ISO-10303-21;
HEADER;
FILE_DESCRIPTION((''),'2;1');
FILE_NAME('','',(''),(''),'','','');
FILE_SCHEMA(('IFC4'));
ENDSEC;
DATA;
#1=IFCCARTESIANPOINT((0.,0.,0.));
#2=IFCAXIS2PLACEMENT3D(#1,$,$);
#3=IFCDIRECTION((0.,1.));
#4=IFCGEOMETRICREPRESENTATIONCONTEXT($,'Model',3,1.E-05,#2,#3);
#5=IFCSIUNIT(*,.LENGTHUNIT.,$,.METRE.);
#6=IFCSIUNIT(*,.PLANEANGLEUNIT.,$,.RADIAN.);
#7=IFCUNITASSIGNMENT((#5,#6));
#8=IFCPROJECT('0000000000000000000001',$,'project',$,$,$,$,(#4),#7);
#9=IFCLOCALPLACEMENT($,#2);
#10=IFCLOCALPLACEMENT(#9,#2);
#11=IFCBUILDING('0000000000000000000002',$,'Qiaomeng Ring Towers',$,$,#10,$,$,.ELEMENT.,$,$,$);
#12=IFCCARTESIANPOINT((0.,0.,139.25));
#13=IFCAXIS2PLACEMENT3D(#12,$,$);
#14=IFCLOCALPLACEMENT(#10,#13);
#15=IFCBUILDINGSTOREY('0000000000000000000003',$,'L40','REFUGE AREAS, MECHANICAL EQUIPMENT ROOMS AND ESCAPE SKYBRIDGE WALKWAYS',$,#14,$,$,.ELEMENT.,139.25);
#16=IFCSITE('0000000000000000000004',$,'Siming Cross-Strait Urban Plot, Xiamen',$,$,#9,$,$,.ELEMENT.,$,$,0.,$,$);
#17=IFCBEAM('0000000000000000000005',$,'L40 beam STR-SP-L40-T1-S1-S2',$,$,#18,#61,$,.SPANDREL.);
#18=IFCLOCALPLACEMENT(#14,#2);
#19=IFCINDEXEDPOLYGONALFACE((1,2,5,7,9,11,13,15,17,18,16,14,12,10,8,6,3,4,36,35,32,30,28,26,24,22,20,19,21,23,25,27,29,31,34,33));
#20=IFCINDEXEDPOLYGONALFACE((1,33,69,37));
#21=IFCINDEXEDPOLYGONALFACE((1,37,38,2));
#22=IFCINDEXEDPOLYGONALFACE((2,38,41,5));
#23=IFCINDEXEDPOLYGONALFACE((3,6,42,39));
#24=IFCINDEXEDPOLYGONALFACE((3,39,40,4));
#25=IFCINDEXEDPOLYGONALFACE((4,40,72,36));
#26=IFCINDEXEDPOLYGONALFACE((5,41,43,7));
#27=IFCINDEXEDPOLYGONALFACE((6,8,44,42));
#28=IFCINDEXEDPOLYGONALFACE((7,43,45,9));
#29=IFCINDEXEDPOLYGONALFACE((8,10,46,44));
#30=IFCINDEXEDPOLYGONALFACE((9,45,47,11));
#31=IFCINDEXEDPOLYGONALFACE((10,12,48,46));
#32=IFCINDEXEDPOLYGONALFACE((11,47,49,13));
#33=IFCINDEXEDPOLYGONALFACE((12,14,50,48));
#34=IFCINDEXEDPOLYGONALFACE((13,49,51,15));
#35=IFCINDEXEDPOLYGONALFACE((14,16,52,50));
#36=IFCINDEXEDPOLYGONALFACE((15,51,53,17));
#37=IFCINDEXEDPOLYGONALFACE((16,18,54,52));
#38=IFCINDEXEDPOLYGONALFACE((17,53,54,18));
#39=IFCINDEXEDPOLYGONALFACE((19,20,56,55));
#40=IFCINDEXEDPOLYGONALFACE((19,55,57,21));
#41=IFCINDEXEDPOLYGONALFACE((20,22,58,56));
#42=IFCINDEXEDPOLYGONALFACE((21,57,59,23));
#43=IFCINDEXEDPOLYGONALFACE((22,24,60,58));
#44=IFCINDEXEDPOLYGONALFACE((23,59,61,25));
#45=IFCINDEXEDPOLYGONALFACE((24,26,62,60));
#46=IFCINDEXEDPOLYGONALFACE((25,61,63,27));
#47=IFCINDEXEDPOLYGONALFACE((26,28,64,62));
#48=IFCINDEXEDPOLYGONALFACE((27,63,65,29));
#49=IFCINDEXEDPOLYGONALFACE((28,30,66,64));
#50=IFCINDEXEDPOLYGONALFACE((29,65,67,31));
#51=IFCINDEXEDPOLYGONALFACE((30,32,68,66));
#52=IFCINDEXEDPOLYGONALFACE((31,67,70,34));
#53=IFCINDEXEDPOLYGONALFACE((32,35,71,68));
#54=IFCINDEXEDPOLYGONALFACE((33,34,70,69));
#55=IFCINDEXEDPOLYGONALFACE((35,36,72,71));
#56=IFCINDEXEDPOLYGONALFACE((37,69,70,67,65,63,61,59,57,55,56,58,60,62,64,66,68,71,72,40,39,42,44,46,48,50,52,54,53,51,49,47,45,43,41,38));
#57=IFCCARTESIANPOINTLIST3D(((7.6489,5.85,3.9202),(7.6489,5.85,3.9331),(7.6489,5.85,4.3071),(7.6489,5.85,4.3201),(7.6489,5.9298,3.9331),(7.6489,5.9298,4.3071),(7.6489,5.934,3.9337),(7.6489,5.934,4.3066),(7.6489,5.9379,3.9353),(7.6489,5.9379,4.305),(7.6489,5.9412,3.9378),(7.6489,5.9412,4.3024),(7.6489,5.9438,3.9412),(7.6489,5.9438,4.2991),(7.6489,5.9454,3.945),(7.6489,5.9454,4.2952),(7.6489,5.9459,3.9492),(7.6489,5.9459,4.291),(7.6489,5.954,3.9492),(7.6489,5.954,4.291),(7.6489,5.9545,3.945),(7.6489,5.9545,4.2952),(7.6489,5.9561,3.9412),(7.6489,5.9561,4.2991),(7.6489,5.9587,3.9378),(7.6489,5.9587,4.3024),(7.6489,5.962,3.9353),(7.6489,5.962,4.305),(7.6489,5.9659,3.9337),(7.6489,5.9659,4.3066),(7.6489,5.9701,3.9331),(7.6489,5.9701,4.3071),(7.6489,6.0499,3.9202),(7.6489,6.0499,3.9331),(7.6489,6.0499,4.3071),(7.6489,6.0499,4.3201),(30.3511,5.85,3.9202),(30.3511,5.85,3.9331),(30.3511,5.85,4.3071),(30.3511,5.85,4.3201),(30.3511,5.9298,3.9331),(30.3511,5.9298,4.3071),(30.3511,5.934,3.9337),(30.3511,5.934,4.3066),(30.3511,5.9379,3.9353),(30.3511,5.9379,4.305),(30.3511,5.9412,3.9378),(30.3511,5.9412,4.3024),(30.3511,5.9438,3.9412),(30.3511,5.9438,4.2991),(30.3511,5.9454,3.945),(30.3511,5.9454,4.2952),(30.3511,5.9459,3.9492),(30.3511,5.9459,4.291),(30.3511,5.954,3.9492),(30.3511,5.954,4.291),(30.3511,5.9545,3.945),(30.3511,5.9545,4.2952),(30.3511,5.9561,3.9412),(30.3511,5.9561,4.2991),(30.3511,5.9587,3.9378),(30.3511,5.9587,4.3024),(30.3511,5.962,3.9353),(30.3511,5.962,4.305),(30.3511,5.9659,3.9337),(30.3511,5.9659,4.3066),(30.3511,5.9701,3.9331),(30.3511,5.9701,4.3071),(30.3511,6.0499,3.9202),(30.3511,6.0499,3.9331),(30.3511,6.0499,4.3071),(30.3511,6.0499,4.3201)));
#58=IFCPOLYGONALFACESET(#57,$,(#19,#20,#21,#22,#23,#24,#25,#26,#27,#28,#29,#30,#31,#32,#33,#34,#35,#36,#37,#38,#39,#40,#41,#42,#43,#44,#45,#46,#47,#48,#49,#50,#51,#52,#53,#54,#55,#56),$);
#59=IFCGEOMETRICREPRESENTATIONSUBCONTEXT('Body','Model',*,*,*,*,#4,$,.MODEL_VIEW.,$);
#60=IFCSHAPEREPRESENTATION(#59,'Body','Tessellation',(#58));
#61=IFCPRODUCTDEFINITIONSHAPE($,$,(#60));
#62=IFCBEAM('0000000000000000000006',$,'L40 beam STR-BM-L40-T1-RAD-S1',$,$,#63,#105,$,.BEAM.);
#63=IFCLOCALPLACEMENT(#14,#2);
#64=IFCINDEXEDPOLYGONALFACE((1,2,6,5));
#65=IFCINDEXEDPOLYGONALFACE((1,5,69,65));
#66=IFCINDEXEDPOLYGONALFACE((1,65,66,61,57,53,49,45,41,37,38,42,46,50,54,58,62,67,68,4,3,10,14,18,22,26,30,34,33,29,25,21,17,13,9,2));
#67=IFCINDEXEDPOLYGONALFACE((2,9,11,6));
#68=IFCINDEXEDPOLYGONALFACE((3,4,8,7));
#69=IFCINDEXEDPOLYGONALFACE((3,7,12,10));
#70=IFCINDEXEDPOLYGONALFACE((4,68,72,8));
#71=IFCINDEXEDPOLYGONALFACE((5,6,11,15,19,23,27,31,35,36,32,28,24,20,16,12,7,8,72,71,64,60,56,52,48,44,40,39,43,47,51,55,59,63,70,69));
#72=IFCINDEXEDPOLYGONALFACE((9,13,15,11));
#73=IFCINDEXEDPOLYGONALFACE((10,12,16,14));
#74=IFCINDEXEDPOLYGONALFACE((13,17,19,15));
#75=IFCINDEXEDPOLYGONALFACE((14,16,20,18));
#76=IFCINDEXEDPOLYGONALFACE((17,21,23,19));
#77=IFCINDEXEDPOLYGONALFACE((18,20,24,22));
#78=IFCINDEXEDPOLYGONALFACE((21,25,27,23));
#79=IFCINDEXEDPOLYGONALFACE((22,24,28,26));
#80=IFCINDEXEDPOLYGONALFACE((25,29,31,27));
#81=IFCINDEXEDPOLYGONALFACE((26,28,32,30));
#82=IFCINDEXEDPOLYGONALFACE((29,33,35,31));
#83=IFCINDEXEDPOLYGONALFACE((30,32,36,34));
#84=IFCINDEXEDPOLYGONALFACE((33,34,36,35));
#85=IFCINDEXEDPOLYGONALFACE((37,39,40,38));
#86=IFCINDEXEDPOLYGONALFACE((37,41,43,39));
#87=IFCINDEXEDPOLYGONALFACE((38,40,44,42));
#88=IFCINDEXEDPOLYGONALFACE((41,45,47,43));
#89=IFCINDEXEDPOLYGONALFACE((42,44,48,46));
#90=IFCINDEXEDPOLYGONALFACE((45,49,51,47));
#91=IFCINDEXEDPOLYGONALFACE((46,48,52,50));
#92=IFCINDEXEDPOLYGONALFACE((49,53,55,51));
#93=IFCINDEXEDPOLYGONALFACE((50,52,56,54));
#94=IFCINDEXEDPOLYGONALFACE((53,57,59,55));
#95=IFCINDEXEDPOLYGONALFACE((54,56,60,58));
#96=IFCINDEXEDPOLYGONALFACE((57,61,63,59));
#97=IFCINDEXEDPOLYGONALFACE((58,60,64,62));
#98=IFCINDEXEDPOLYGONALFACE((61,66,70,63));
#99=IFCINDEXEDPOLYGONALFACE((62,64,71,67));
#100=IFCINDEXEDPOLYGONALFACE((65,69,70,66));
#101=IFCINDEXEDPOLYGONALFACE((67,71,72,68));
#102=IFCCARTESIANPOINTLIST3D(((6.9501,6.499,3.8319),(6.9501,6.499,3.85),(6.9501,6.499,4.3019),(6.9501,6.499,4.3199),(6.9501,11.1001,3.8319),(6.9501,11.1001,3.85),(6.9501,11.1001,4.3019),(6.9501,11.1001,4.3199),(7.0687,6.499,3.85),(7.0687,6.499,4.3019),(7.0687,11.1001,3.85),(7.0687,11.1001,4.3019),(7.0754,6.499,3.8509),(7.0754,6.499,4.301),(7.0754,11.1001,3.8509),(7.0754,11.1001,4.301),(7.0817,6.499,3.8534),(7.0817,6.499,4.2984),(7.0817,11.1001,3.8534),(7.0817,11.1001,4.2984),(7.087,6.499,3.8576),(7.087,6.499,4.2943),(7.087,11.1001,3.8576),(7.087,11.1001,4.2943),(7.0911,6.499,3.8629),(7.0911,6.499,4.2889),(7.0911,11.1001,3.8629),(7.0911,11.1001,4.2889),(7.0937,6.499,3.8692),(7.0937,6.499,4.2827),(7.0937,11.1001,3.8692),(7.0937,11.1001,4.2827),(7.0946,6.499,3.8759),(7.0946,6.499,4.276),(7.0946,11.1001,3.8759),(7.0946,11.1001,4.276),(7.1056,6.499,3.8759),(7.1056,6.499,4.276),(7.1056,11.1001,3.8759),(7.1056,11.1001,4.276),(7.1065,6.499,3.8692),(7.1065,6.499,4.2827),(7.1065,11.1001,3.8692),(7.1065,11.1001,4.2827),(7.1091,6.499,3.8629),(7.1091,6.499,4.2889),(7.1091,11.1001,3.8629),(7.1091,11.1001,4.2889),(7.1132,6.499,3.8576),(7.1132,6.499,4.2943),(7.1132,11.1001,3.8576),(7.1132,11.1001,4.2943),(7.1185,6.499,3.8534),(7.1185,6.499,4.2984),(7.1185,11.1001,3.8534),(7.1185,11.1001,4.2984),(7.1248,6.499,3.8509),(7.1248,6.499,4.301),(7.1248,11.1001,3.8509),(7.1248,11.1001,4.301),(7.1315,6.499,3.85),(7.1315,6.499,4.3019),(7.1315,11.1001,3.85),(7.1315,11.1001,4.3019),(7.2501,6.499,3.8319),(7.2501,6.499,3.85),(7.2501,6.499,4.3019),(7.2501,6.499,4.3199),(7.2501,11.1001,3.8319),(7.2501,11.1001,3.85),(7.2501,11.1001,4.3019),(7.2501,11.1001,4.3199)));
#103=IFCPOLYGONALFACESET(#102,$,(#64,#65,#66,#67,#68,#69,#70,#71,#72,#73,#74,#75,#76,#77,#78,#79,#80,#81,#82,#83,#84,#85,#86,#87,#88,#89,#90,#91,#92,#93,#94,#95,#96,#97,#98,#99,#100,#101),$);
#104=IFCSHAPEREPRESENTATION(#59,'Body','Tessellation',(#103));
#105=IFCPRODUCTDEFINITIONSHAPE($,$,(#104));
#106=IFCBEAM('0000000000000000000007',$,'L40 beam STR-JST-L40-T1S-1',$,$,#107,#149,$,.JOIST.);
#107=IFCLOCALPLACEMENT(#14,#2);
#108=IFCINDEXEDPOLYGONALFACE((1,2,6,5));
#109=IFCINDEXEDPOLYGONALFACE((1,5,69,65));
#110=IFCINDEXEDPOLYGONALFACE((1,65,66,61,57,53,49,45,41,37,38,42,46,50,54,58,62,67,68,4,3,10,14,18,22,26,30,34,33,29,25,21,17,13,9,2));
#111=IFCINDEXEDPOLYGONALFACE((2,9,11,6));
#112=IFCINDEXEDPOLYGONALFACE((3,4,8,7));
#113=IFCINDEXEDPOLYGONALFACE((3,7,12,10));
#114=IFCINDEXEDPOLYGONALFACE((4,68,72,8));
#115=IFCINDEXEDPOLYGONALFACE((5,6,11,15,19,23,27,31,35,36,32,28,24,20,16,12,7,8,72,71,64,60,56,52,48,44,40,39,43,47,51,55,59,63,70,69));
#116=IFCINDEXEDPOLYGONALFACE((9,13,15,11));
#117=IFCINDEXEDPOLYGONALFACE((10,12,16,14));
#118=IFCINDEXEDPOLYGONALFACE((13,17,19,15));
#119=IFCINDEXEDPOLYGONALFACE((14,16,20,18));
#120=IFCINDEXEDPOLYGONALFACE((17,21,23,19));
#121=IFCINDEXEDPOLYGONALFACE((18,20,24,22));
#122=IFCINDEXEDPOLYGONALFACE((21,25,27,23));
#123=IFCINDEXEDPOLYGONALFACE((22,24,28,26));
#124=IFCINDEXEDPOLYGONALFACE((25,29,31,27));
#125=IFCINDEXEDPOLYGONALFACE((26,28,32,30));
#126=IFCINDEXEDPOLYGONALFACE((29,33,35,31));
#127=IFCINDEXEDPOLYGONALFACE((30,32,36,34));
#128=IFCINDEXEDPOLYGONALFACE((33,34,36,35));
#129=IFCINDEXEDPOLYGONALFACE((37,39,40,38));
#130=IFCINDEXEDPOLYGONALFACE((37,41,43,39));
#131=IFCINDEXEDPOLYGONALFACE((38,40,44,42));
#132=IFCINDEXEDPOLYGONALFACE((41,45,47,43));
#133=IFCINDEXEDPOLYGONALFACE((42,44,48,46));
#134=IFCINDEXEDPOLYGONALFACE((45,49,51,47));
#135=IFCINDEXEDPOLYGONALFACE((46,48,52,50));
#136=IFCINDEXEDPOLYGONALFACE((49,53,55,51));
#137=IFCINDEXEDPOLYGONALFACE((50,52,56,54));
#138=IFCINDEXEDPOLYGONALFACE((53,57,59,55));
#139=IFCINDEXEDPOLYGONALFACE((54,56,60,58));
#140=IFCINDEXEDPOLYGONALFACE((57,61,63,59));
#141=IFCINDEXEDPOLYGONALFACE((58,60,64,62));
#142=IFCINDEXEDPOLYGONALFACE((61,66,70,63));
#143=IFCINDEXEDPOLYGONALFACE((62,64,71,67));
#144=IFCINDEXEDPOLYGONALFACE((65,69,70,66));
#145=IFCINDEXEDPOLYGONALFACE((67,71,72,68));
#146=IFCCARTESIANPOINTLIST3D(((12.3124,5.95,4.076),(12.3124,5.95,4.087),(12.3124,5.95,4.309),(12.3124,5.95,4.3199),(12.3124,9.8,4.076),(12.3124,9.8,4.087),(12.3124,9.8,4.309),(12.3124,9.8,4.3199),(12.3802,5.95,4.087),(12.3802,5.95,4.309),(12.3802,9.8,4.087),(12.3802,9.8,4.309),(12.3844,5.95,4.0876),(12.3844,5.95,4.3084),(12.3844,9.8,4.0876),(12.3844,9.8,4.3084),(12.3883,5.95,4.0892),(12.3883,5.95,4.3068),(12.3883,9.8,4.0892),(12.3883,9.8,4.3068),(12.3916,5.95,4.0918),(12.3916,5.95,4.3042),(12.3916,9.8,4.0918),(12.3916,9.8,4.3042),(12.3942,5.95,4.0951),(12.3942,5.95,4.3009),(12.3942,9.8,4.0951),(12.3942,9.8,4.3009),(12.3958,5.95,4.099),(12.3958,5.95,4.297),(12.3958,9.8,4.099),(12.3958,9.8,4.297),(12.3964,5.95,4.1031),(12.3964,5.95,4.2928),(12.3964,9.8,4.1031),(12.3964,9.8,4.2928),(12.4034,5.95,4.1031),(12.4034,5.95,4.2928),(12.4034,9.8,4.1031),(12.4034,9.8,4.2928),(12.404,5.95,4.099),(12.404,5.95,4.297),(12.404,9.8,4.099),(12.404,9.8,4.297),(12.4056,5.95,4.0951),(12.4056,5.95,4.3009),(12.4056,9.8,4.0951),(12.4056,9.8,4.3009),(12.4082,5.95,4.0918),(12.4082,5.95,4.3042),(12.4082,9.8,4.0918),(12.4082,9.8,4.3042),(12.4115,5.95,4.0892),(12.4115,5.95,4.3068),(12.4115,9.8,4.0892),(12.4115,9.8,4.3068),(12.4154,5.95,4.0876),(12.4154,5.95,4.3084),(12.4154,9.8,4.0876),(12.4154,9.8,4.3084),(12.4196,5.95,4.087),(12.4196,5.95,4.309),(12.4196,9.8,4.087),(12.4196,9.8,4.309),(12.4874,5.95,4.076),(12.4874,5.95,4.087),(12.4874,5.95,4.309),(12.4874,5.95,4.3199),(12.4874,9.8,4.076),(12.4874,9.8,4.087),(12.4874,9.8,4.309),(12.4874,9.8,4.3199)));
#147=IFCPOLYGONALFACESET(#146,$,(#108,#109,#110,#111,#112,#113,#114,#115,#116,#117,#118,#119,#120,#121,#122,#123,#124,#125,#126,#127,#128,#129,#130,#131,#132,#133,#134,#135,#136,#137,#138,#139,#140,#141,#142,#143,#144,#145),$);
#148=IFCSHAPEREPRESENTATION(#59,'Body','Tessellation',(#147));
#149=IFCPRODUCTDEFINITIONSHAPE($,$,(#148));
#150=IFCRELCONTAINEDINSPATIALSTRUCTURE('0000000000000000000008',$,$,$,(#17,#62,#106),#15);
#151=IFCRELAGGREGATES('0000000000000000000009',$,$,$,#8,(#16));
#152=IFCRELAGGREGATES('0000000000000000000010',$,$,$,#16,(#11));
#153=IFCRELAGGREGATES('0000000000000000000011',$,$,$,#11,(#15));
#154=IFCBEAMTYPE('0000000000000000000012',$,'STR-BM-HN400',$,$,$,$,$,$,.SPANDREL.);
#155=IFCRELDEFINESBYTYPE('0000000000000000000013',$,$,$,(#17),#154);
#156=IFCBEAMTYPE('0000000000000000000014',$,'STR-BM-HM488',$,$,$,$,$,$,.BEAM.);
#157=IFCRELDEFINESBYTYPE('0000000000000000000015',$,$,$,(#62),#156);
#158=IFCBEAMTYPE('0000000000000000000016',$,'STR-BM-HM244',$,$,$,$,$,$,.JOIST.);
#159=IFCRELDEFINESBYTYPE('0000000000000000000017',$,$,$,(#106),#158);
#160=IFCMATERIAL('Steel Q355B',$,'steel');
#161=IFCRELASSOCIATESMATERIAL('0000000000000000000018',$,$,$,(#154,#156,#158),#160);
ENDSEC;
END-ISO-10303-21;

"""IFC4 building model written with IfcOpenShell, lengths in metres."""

from ifc_helpers import new_model, si_unit, direction, frame, origin, origin_2d, place, context, subcontext, project, spatial, i_section, extrude, source, transform, mapped, material, material_profile, profile_set, type_object, element, save


model = new_model("IFC4")

# Units and contexts
model_context = context("Model", 3, precision=1e-05, world=origin(), true_north=direction((0.0, 1.0)))
body_context = subcontext(model_context, "Body", "Model", "MODEL_VIEW")
ifc_project = project(units=[si_unit("LENGTHUNIT", "METRE"), si_unit("PLANEANGLEUNIT", "RADIAN")], contexts=[model_context])

# Site, building, storey
site_placement = place(None, origin())
site = spatial("IfcSite", under=ifc_project, at=site_placement, Name="Siming Cross-Strait Urban Plot, Xiamen", CompositionType="ELEMENT", RefElevation=0.0)
building_placement = place(site_placement, origin())
building = spatial("IfcBuilding", under=site, at=building_placement, Name="Qiaomeng Ring Towers", CompositionType="ELEMENT")
storey_placement = place(building_placement, frame((0.0, 0.0, 139.25)))
storey = spatial("IfcBuildingStorey", under=building, at=storey_placement, Name="L40", Description="REFUGE AREAS, MECHANICAL EQUIPMENT ROOMS AND ESCAPE SKYBRIDGE WALKWAYS", CompositionType="ELEMENT", Elevation=139.25)

# Beams
ifc_material_1 = material(Name="Steel Q355B", Category="steel")
ifc_material_profile_1 = material_profile(ifc_material_1, i_section(OverallWidth=0.2, OverallDepth=0.3999, WebThickness=0.0081, FlangeThickness=0.0129, FilletRadius=0.0161, at=origin_2d()), Name="HN 400x200x8x13")
ifc_profile_set_1 = profile_set([ifc_material_profile_1], Name="Steel Q355B")
beam_type_1 = type_object("IfcBeamType", Name="STR-BM-HN400", PredefinedType="SPANDREL", material=ifc_profile_set_1)
shared_shape_1 = source(origin(), body_context, "Body", "SweptSolid", [
    extrude(i_section(OverallWidth=0.2, OverallDepth=0.3999, WebThickness=0.0081, FlangeThickness=0.0129, FilletRadius=0.0161, at=origin_2d()), origin(), (0.0, 0.0, 1.0), 22.7021),
])
beam_1_placement = place(storey_placement, frame((7.6489, 5.95, 4.1201), z_axis=(1.0, 0.0, 0.0), x_axis=(0.0, 1.0, 0.0)))
element("IfcBeam", 1, at=beam_1_placement, inside=storey, type_object=beam_type_1, Name="L40 beam STR-SP-L40-T1-S1-S2", PredefinedType="SPANDREL", context=body_context, shape_type="MappedRepresentation", body=[
    mapped(shared_shape_1, transform((0.0, 0.0, 0.0), x_axis=(1.0, 0.0, 0.0), y_axis=(0.0, 1.0, 0.0), z_axis=(0.0, 0.0, 1.0), scale=1.0)),
])
ifc_material_profile_2 = material_profile(ifc_material_1, i_section(OverallWidth=0.3, OverallDepth=0.488, WebThickness=0.011, FlangeThickness=0.0181, FilletRadius=0.0259, at=origin_2d()), Name="HM 488x300x11x18")
ifc_profile_set_2 = profile_set([ifc_material_profile_2], Name="Steel Q355B")
beam_type_2 = type_object("IfcBeamType", Name="STR-BM-HM488", PredefinedType="BEAM", material=ifc_profile_set_2)
shared_shape_2 = source(origin(), body_context, "Body", "SweptSolid", [
    extrude(i_section(OverallWidth=0.3, OverallDepth=0.488, WebThickness=0.011, FlangeThickness=0.0181, FilletRadius=0.0259, at=origin_2d()), origin(), (0.0, 0.0, 1.0), 4.6011),
])
beam_2_placement = place(storey_placement, frame((7.1001, 6.499, 4.0759), z_axis=(0.0, 1.0, 0.0), x_axis=(-1.0, 0.0, 0.0)))
element("IfcBeam", 2, at=beam_2_placement, inside=storey, type_object=beam_type_2, Name="L40 beam STR-BM-L40-T1-RAD-S1", PredefinedType="BEAM", context=body_context, shape_type="MappedRepresentation", body=[
    mapped(shared_shape_2, transform((0.0, 0.0, 0.0), x_axis=(1.0, 0.0, 0.0), y_axis=(0.0, 1.0, 0.0), z_axis=(0.0, 0.0, 1.0), scale=1.0)),
])
ifc_material_profile_3 = material_profile(ifc_material_1, i_section(OverallWidth=0.175, OverallDepth=0.2439, WebThickness=0.0071, FlangeThickness=0.011, FilletRadius=0.0161, at=origin_2d()), Name="HM 244x175x7x11")
ifc_profile_set_3 = profile_set([ifc_material_profile_3], Name="Steel Q355B")
beam_type_3 = type_object("IfcBeamType", Name="STR-BM-HM244", PredefinedType="JOIST", material=ifc_profile_set_3)
shared_shape_3 = source(origin(), body_context, "Body", "SweptSolid", [
    extrude(i_section(OverallWidth=0.175, OverallDepth=0.2439, WebThickness=0.0071, FlangeThickness=0.011, FilletRadius=0.0161, at=origin_2d()), origin(), (0.0, 0.0, 1.0), 3.8501),
])
for number, where, z_axis, x_axis, name in (
    (3, (12.3999, 5.95, 4.198), (0.0, 1.0, 0.0), (-1.0, 0.0, 0.0), "L40 beam STR-JST-L40-T1S-1"),
):
    element("IfcBeam", number, at=place(storey_placement, frame(where, z_axis=z_axis, x_axis=x_axis)), inside=storey, type_object=beam_type_3, Name=name, PredefinedType="JOIST", context=body_context, shape_type="MappedRepresentation", body=[
        mapped(shared_shape_3, transform((0.0, 0.0, 0.0), x_axis=(1.0, 0.0, 0.0), y_axis=(0.0, 1.0, 0.0), z_axis=(0.0, 0.0, 1.0), scale=1.0)),
    ])

save(model, "model.ifc")
